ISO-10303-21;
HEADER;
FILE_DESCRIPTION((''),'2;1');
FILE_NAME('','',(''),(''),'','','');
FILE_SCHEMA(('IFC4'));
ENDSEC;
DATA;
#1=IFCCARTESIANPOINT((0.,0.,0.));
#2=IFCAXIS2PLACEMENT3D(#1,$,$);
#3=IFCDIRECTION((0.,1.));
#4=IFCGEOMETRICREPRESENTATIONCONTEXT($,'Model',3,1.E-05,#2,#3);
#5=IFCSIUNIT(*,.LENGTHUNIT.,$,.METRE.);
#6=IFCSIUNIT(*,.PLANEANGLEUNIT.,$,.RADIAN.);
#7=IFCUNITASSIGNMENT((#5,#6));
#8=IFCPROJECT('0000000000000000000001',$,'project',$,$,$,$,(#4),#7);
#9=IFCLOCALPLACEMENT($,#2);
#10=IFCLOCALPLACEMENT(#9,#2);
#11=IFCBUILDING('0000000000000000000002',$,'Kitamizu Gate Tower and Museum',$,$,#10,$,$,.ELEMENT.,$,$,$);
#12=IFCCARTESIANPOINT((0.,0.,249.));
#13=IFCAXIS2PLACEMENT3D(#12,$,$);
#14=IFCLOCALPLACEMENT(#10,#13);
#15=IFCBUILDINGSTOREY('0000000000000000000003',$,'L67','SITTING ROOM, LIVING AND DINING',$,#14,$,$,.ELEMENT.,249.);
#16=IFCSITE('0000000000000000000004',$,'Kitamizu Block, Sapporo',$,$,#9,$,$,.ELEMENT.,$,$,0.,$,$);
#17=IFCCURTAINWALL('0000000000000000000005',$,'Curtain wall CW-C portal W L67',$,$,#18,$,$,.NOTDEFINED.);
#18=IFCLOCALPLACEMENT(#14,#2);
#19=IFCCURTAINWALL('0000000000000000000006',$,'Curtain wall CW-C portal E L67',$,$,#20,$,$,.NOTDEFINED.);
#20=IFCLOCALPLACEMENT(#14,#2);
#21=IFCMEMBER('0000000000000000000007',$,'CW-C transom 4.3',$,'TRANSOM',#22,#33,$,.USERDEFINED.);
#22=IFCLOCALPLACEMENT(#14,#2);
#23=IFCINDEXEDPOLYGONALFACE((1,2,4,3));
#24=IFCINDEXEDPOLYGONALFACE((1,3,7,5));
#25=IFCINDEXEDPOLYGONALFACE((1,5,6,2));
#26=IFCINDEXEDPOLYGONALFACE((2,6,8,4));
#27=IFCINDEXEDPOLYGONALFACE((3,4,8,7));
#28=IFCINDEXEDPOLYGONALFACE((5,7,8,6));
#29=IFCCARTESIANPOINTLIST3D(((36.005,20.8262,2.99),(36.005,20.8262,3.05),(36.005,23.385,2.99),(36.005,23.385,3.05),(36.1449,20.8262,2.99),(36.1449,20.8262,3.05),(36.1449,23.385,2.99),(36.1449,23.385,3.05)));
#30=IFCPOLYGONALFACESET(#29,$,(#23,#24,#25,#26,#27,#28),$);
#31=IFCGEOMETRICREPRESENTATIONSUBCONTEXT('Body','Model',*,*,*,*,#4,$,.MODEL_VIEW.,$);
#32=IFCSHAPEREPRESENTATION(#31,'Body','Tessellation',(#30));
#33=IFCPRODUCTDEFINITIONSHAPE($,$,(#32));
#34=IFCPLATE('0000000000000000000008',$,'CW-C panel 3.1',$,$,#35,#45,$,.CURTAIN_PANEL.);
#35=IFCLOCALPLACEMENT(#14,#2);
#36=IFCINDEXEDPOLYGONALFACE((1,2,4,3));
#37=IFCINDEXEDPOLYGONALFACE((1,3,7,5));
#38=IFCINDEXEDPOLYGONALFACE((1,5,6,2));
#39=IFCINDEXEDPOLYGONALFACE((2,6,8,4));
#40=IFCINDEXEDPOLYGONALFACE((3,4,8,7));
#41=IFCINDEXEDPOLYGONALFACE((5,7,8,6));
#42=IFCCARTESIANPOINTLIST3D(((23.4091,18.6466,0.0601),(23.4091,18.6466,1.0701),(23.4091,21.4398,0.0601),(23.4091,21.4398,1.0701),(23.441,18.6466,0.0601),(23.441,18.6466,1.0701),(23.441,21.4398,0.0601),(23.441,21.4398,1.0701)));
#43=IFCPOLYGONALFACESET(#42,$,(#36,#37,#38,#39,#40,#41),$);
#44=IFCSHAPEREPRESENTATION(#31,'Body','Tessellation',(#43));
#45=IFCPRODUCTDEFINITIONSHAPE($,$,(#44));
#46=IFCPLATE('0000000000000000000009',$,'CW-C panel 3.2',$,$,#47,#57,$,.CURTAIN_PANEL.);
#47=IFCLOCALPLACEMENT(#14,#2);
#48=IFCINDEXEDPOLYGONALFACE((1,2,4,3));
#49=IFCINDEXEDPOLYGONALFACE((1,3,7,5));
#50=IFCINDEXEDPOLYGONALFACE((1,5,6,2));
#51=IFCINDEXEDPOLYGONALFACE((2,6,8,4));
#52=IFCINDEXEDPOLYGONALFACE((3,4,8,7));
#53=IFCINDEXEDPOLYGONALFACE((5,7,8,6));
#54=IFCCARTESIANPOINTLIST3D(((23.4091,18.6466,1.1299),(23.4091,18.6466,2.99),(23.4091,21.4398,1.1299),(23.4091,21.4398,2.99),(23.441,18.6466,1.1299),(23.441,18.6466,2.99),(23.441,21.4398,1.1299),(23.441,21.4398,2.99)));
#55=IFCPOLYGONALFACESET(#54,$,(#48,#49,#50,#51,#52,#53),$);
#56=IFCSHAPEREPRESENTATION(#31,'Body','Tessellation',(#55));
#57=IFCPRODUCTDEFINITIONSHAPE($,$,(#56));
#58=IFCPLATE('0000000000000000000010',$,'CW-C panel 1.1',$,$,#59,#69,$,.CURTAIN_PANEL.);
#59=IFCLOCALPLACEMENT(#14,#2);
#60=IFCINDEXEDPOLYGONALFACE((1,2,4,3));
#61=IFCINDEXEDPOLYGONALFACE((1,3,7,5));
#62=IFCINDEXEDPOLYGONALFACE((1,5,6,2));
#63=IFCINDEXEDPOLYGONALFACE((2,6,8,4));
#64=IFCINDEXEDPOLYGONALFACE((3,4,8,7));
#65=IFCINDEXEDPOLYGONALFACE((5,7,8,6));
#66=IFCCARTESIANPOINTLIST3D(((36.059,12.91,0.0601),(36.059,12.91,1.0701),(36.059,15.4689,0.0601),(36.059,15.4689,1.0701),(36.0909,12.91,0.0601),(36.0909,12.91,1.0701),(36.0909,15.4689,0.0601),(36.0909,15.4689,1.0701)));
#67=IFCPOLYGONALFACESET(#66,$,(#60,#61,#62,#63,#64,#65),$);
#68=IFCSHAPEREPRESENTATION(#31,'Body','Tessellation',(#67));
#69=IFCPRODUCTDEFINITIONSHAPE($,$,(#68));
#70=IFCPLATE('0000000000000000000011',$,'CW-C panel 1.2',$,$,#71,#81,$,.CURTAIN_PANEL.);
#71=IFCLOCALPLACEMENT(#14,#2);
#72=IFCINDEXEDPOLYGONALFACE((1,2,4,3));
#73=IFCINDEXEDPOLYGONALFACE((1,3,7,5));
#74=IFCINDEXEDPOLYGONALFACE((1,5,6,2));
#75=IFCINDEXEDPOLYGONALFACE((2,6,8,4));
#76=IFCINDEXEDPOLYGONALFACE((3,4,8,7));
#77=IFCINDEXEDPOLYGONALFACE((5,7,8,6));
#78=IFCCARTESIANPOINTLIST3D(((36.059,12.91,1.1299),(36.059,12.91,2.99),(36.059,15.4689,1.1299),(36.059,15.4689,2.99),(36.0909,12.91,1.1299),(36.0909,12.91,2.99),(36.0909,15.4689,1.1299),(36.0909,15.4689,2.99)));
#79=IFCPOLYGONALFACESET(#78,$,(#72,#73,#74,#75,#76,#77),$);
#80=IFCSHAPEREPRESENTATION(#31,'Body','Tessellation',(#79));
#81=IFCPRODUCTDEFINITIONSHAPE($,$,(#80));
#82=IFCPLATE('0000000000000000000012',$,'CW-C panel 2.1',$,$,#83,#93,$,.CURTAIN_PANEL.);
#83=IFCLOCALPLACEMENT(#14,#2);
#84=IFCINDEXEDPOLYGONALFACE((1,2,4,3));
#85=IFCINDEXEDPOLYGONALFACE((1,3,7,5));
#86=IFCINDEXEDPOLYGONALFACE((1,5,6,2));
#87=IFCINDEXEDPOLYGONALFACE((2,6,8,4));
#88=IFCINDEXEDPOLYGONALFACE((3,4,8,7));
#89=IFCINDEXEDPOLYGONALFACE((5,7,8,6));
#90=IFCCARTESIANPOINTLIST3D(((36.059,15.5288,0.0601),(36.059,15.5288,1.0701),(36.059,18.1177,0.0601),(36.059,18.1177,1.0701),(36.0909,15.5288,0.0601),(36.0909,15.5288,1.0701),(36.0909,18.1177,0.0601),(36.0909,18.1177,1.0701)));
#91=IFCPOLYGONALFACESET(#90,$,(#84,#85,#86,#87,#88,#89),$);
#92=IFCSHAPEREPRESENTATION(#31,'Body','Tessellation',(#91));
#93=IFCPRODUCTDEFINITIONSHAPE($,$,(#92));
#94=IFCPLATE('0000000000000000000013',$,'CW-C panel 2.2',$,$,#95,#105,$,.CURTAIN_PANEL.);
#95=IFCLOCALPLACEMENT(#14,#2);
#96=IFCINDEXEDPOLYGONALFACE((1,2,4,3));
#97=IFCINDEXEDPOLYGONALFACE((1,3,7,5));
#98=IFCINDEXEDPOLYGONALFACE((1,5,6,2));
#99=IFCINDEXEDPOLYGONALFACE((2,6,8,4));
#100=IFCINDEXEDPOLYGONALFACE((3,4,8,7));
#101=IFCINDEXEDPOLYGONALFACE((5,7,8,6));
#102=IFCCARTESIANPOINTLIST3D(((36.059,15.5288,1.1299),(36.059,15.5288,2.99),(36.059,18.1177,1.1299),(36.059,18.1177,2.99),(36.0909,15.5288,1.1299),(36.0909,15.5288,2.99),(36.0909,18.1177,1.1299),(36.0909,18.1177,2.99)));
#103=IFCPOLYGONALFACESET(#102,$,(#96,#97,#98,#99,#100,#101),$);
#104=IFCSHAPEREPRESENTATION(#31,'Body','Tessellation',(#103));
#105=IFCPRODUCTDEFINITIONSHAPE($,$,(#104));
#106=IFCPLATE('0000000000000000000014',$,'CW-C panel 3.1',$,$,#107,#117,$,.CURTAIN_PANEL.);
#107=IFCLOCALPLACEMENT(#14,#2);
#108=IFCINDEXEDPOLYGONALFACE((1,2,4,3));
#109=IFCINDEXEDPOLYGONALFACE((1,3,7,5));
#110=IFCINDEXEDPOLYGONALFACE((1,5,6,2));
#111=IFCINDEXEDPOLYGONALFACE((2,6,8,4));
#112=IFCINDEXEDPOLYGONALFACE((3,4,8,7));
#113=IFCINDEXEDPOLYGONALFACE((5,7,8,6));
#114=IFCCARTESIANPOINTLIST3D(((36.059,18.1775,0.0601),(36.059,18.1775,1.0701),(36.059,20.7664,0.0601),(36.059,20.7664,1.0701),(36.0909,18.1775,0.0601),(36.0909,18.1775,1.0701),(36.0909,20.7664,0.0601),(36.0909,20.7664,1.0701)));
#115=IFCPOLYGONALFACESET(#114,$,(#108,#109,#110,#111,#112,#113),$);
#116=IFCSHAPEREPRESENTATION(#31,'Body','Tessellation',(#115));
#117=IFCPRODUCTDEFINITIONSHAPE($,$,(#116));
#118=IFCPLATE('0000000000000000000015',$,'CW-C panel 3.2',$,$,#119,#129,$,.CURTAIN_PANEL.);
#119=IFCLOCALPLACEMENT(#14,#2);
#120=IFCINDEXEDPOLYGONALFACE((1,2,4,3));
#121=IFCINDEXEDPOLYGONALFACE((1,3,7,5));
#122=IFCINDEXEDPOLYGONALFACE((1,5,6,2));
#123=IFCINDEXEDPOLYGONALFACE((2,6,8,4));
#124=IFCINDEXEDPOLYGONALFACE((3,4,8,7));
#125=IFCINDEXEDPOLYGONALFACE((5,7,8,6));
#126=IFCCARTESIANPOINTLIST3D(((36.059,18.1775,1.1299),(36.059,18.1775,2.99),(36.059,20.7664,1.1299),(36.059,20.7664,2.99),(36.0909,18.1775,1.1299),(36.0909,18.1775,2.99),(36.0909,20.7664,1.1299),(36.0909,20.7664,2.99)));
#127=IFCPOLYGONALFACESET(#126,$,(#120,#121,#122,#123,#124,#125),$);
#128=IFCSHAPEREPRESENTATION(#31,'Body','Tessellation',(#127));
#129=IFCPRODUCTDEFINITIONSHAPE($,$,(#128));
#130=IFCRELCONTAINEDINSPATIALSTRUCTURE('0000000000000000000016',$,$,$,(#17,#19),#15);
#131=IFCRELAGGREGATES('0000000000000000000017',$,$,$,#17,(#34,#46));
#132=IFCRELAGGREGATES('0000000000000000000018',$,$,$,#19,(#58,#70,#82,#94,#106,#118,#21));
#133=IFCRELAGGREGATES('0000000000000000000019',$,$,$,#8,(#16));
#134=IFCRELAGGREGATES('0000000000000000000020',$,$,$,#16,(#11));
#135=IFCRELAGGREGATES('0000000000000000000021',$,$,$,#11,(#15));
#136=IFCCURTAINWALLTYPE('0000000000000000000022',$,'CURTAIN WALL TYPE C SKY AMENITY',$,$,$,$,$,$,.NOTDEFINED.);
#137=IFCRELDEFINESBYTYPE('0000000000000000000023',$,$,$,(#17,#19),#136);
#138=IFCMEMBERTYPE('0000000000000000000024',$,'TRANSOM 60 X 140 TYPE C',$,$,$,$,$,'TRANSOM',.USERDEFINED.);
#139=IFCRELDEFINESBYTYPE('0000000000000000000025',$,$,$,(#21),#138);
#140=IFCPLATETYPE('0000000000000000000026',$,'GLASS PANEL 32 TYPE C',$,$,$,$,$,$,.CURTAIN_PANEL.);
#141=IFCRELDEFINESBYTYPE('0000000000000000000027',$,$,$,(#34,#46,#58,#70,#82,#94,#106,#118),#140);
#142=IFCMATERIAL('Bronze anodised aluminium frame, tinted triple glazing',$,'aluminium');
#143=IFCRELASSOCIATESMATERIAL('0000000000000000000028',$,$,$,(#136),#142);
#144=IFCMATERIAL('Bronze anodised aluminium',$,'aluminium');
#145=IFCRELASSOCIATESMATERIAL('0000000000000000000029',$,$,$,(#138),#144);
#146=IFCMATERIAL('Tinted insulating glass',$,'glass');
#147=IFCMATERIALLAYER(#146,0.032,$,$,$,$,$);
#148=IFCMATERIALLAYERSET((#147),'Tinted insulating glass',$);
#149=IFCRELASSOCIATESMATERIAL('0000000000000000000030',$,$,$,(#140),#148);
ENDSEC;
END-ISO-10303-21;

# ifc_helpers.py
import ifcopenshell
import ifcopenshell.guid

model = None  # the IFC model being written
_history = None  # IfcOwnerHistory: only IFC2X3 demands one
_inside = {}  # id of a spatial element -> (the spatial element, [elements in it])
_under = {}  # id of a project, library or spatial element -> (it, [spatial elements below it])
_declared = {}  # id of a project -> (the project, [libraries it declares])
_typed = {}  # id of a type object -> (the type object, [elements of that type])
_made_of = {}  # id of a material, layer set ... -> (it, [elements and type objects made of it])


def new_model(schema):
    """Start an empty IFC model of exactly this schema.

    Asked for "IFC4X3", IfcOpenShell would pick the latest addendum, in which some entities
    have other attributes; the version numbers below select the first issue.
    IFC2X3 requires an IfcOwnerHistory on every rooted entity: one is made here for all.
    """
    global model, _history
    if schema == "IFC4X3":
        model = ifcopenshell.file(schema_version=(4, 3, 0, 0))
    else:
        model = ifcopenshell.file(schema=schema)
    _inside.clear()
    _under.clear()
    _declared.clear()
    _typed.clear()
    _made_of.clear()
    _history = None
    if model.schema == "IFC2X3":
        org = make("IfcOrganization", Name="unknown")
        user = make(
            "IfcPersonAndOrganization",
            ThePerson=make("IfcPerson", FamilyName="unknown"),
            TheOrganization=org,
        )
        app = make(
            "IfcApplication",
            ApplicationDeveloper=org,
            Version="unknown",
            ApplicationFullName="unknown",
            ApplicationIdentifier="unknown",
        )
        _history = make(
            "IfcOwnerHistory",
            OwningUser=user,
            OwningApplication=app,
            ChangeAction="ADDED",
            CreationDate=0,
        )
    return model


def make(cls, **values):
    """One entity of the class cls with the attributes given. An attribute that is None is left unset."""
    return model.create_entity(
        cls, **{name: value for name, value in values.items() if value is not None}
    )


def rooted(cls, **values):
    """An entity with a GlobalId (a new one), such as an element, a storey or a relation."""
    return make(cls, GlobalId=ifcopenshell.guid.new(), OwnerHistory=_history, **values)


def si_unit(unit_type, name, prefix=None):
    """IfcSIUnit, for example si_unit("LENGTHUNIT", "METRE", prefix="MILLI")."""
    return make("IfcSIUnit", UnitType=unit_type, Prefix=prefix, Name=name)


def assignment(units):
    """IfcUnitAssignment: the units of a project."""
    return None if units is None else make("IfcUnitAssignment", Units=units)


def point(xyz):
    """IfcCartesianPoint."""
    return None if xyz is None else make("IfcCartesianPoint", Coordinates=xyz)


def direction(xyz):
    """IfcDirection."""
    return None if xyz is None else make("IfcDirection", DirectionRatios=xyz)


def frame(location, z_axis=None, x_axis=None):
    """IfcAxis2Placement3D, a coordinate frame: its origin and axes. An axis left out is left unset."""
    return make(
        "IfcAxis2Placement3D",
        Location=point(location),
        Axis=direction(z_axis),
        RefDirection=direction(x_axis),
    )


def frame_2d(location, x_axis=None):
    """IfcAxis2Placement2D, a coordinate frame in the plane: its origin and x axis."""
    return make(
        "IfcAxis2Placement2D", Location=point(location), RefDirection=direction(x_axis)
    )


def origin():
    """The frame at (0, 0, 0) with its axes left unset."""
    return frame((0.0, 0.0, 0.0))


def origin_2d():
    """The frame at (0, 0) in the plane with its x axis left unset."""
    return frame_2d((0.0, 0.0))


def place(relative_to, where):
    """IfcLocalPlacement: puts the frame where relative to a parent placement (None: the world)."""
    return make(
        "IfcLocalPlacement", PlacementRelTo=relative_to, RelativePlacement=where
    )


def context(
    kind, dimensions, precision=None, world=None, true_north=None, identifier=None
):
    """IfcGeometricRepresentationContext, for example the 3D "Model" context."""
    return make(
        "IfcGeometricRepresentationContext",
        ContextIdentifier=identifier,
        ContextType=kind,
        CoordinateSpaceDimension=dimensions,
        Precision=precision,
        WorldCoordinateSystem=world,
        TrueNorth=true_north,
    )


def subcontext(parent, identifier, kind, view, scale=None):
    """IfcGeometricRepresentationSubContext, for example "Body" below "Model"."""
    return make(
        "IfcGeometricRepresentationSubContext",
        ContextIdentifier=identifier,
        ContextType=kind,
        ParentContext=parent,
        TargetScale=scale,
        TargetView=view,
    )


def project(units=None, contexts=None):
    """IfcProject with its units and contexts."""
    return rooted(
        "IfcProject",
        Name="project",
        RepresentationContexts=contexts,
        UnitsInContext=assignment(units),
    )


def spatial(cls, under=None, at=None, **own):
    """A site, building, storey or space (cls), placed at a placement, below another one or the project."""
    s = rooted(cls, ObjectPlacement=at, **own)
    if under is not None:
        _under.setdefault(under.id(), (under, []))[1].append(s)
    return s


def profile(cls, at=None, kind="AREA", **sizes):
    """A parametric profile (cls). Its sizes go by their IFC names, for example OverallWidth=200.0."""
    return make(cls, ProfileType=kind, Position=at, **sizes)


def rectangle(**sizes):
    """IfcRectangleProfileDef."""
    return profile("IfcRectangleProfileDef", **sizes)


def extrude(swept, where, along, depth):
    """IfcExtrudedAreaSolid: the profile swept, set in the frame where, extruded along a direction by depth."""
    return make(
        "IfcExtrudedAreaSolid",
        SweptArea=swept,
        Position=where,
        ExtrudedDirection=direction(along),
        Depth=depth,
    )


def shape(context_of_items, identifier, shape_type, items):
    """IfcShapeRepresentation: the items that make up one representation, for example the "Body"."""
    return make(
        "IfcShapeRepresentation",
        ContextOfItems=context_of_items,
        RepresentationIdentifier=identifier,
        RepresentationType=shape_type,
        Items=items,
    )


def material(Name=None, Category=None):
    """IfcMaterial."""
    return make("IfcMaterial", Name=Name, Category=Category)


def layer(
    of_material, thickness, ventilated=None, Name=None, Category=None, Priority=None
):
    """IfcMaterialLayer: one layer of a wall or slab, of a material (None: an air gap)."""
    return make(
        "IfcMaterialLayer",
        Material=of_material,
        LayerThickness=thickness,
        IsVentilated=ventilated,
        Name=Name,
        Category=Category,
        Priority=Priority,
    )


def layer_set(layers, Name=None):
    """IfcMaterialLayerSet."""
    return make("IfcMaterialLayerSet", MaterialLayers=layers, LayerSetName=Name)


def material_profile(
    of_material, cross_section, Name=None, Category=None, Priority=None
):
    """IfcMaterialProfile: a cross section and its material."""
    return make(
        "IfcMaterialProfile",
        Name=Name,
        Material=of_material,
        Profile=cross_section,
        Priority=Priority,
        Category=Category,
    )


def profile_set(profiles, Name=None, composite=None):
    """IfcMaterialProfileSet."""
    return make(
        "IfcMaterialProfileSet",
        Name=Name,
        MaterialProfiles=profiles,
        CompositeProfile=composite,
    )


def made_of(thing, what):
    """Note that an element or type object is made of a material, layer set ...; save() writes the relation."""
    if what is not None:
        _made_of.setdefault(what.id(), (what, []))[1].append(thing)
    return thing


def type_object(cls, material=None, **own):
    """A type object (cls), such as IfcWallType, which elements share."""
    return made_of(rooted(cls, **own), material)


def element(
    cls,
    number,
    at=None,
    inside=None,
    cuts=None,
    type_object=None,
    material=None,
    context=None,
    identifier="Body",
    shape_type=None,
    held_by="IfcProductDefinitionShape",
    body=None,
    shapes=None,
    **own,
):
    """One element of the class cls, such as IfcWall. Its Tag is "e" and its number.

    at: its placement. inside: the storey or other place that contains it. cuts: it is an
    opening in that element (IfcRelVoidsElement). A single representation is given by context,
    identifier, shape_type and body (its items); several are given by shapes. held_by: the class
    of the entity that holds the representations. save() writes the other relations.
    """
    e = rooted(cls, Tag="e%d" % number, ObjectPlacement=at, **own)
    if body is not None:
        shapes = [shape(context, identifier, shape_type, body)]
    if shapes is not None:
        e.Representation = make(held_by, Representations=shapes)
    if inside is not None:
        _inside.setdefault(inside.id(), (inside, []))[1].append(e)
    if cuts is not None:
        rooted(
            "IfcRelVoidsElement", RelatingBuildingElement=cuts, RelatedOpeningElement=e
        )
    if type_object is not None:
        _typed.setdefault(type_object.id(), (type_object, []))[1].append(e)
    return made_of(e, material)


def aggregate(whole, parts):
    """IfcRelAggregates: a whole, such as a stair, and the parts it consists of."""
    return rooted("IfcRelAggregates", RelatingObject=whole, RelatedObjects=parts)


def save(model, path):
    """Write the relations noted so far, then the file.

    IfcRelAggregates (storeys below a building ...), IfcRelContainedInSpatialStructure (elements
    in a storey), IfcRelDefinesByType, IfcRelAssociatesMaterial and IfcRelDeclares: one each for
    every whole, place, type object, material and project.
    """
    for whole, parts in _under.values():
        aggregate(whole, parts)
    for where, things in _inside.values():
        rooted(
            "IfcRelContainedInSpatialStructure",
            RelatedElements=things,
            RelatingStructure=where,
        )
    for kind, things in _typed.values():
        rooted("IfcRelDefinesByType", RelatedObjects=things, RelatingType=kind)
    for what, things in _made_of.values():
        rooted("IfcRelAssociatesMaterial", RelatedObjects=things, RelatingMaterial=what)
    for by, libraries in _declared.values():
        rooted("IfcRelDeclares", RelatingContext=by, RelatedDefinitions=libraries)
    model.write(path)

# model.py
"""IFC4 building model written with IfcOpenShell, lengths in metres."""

from ifc_helpers import new_model, si_unit, direction, frame, origin, origin_2d, place, context, subcontext, project, spatial, rectangle, extrude, material, layer, layer_set, material_profile, profile_set, type_object, element, aggregate, save


model = new_model("IFC4")

# Units and contexts
model_context = context("Model", 3, precision=1e-05, world=origin(), true_north=direction((0.0, 1.0)))
body_context = subcontext(model_context, "Body", "Model", "MODEL_VIEW")
ifc_project = project(units=[si_unit("LENGTHUNIT", "METRE"), si_unit("PLANEANGLEUNIT", "RADIAN")], contexts=[model_context])

# Site, building, storey
site_placement = place(None, origin())
site = spatial("IfcSite", under=ifc_project, at=site_placement, Name="Kitamizu Block, Sapporo", CompositionType="ELEMENT", RefElevation=0.0)
building_placement = place(site_placement, origin())
building = spatial("IfcBuilding", under=site, at=building_placement, Name="Kitamizu Gate Tower and Museum", CompositionType="ELEMENT")
storey_placement = place(building_placement, frame((0.0, 0.0, 249.0)))
storey = spatial("IfcBuildingStorey", under=building, at=storey_placement, Name="L67", Description="SITTING ROOM, LIVING AND DINING", CompositionType="ELEMENT", Elevation=249.0)

# Curtain wall
ifc_material_1 = material(Name="Bronze anodised aluminium frame, tinted triple glazing", Category="aluminium")
curtain_wall_type = type_object("IfcCurtainWallType", Name="CURTAIN WALL TYPE C SKY AMENITY", PredefinedType="NOTDEFINED", material=ifc_material_1)
curtain_wall_1_placement = place(storey_placement, origin())
curtain_wall_1 = element("IfcCurtainWall", 1, at=curtain_wall_1_placement, inside=storey, type_object=curtain_wall_type, Name="Curtain wall CW-C portal W L67", PredefinedType="NOTDEFINED")

# Curtain wall
curtain_wall_2_placement = place(storey_placement, origin())
curtain_wall_2 = element("IfcCurtainWall", 2, at=curtain_wall_2_placement, inside=storey, type_object=curtain_wall_type, Name="Curtain wall CW-C portal E L67", PredefinedType="NOTDEFINED")

# Member
ifc_material_2 = material(Name="Bronze anodised aluminium", Category="aluminium")
ifc_material_profile_1 = material_profile(ifc_material_2, rectangle(XDim=0.1399, YDim=0.0601, at=origin_2d()), Name="AL 60X140")
ifc_profile_set_1 = profile_set([ifc_material_profile_1], Name="Bronze anodised aluminium")
member_type_1 = type_object("IfcMemberType", Name="TRANSOM 60 X 140 TYPE C", ElementType="TRANSOM", PredefinedType="USERDEFINED", material=ifc_profile_set_1)
member_1_placement = place(storey_placement, frame((36.075, 20.8262, 3.02), z_axis=(0.0, 1.0, 0.0), x_axis=(-1.0, 0.0, 0.0)))
member_1 = element("IfcMember", 3, at=member_1_placement, type_object=member_type_1, Name="CW-C transom 4.3", ObjectType="TRANSOM", PredefinedType="USERDEFINED", context=body_context, shape_type="SweptSolid", body=[
    extrude(rectangle(XDim=0.1399, YDim=0.0601, at=origin_2d()), origin(), (0.0, 0.0, 1.0), 2.5588),
])

# Plates
ifc_material_3 = material(Name="Tinted insulating glass", Category="glass")
ifc_layer_1 = layer(ifc_material_3, 0.032)
ifc_layer_set_1 = layer_set([ifc_layer_1], Name="Tinted insulating glass")
plate_type = type_object("IfcPlateType", Name="GLASS PANEL 32 TYPE C", PredefinedType="CURTAIN_PANEL", material=ifc_layer_set_1)
plate_1_placement = place(storey_placement, frame((23.425, 20.0432, 0.0601), z_axis=(0.0, 0.0, 1.0), x_axis=(0.0, 1.0, 0.0)))
plate_1 = element("IfcPlate", 4, at=plate_1_placement, type_object=plate_type, Name="CW-C panel 3.1", PredefinedType="CURTAIN_PANEL", context=body_context, shape_type="SweptSolid", body=[
    extrude(rectangle(XDim=2.7932, YDim=0.032, at=origin_2d()), origin(), (0.0, 0.0, 1.0), 1.01),
])
plate_2_placement = place(storey_placement, frame((23.425, 20.0432, 1.1299), z_axis=(0.0, 0.0, 1.0), x_axis=(0.0, 1.0, 0.0)))
plate_2 = element("IfcPlate", 5, at=plate_2_placement, type_object=plate_type, Name="CW-C panel 3.2", PredefinedType="CURTAIN_PANEL", context=body_context, shape_type="SweptSolid", body=[
    extrude(rectangle(XDim=2.7932, YDim=0.032, at=origin_2d()), origin(), (0.0, 0.0, 1.0), 1.8601),
])
aggregate(curtain_wall_1, [plate_1, plate_2])
plate_3_placement = place(storey_placement, frame((36.075, 14.1895, 0.0601), z_axis=(0.0, 0.0, 1.0), x_axis=(0.0, 1.0, 0.0)))
plate_3 = element("IfcPlate", 6, at=plate_3_placement, type_object=plate_type, Name="CW-C panel 1.1", PredefinedType="CURTAIN_PANEL", context=body_context, shape_type="SweptSolid", body=[
    extrude(rectangle(XDim=2.5588, YDim=0.032, at=origin_2d()), origin(), (0.0, 0.0, 1.0), 1.01),
])
plate_4_placement = place(storey_placement, frame((36.075, 14.1895, 1.1299), z_axis=(0.0, 0.0, 1.0), x_axis=(0.0, 1.0, 0.0)))
plate_4 = element("IfcPlate", 7, at=plate_4_placement, type_object=plate_type, Name="CW-C panel 1.2", PredefinedType="CURTAIN_PANEL", context=body_context, shape_type="SweptSolid", body=[
    extrude(rectangle(XDim=2.5588, YDim=0.032, at=origin_2d()), origin(), (0.0, 0.0, 1.0), 1.8601),
])
plate_5_placement = place(storey_placement, frame((36.075, 16.8232, 0.0601), z_axis=(0.0, 0.0, 1.0), x_axis=(0.0, 1.0, 0.0)))
plate_5 = element("IfcPlate", 8, at=plate_5_placement, type_object=plate_type, Name="CW-C panel 2.1", PredefinedType="CURTAIN_PANEL", context=body_context, shape_type="SweptSolid", body=[
    extrude(rectangle(XDim=2.5889, YDim=0.032, at=origin_2d()), origin(), (0.0, 0.0, 1.0), 1.01),
])
plate_6_placement = place(storey_placement, frame((36.075, 16.8232, 1.1299), z_axis=(0.0, 0.0, 1.0), x_axis=(0.0, 1.0, 0.0)))
plate_6 = element("IfcPlate", 9, at=plate_6_placement, type_object=plate_type, Name="CW-C panel 2.2", PredefinedType="CURTAIN_PANEL", context=body_context, shape_type="SweptSolid", body=[
    extrude(rectangle(XDim=2.5889, YDim=0.032, at=origin_2d()), origin(), (0.0, 0.0, 1.0), 1.8601),
])
plate_7_placement = place(storey_placement, frame((36.075, 19.4719, 0.0601), z_axis=(0.0, 0.0, 1.0), x_axis=(0.0, 1.0, 0.0)))
plate_7 = element("IfcPlate", 10, at=plate_7_placement, type_object=plate_type, Name="CW-C panel 3.1", PredefinedType="CURTAIN_PANEL", context=body_context, shape_type="SweptSolid", body=[
    extrude(rectangle(XDim=2.5889, YDim=0.032, at=origin_2d()), origin(), (0.0, 0.0, 1.0), 1.01),
])
plate_8_placement = place(storey_placement, frame((36.075, 19.4719, 1.1299), z_axis=(0.0, 0.0, 1.0), x_axis=(0.0, 1.0, 0.0)))
plate_8 = element("IfcPlate", 11, at=plate_8_placement, type_object=plate_type, Name="CW-C panel 3.2", PredefinedType="CURTAIN_PANEL", context=body_context, shape_type="SweptSolid", body=[
    extrude(rectangle(XDim=2.5889, YDim=0.032, at=origin_2d()), origin(), (0.0, 0.0, 1.0), 1.8601),
])
aggregate(curtain_wall_2, [plate_3, plate_4, plate_5, plate_6, plate_7, plate_8, member_1])

save(model, "model.ifc")
